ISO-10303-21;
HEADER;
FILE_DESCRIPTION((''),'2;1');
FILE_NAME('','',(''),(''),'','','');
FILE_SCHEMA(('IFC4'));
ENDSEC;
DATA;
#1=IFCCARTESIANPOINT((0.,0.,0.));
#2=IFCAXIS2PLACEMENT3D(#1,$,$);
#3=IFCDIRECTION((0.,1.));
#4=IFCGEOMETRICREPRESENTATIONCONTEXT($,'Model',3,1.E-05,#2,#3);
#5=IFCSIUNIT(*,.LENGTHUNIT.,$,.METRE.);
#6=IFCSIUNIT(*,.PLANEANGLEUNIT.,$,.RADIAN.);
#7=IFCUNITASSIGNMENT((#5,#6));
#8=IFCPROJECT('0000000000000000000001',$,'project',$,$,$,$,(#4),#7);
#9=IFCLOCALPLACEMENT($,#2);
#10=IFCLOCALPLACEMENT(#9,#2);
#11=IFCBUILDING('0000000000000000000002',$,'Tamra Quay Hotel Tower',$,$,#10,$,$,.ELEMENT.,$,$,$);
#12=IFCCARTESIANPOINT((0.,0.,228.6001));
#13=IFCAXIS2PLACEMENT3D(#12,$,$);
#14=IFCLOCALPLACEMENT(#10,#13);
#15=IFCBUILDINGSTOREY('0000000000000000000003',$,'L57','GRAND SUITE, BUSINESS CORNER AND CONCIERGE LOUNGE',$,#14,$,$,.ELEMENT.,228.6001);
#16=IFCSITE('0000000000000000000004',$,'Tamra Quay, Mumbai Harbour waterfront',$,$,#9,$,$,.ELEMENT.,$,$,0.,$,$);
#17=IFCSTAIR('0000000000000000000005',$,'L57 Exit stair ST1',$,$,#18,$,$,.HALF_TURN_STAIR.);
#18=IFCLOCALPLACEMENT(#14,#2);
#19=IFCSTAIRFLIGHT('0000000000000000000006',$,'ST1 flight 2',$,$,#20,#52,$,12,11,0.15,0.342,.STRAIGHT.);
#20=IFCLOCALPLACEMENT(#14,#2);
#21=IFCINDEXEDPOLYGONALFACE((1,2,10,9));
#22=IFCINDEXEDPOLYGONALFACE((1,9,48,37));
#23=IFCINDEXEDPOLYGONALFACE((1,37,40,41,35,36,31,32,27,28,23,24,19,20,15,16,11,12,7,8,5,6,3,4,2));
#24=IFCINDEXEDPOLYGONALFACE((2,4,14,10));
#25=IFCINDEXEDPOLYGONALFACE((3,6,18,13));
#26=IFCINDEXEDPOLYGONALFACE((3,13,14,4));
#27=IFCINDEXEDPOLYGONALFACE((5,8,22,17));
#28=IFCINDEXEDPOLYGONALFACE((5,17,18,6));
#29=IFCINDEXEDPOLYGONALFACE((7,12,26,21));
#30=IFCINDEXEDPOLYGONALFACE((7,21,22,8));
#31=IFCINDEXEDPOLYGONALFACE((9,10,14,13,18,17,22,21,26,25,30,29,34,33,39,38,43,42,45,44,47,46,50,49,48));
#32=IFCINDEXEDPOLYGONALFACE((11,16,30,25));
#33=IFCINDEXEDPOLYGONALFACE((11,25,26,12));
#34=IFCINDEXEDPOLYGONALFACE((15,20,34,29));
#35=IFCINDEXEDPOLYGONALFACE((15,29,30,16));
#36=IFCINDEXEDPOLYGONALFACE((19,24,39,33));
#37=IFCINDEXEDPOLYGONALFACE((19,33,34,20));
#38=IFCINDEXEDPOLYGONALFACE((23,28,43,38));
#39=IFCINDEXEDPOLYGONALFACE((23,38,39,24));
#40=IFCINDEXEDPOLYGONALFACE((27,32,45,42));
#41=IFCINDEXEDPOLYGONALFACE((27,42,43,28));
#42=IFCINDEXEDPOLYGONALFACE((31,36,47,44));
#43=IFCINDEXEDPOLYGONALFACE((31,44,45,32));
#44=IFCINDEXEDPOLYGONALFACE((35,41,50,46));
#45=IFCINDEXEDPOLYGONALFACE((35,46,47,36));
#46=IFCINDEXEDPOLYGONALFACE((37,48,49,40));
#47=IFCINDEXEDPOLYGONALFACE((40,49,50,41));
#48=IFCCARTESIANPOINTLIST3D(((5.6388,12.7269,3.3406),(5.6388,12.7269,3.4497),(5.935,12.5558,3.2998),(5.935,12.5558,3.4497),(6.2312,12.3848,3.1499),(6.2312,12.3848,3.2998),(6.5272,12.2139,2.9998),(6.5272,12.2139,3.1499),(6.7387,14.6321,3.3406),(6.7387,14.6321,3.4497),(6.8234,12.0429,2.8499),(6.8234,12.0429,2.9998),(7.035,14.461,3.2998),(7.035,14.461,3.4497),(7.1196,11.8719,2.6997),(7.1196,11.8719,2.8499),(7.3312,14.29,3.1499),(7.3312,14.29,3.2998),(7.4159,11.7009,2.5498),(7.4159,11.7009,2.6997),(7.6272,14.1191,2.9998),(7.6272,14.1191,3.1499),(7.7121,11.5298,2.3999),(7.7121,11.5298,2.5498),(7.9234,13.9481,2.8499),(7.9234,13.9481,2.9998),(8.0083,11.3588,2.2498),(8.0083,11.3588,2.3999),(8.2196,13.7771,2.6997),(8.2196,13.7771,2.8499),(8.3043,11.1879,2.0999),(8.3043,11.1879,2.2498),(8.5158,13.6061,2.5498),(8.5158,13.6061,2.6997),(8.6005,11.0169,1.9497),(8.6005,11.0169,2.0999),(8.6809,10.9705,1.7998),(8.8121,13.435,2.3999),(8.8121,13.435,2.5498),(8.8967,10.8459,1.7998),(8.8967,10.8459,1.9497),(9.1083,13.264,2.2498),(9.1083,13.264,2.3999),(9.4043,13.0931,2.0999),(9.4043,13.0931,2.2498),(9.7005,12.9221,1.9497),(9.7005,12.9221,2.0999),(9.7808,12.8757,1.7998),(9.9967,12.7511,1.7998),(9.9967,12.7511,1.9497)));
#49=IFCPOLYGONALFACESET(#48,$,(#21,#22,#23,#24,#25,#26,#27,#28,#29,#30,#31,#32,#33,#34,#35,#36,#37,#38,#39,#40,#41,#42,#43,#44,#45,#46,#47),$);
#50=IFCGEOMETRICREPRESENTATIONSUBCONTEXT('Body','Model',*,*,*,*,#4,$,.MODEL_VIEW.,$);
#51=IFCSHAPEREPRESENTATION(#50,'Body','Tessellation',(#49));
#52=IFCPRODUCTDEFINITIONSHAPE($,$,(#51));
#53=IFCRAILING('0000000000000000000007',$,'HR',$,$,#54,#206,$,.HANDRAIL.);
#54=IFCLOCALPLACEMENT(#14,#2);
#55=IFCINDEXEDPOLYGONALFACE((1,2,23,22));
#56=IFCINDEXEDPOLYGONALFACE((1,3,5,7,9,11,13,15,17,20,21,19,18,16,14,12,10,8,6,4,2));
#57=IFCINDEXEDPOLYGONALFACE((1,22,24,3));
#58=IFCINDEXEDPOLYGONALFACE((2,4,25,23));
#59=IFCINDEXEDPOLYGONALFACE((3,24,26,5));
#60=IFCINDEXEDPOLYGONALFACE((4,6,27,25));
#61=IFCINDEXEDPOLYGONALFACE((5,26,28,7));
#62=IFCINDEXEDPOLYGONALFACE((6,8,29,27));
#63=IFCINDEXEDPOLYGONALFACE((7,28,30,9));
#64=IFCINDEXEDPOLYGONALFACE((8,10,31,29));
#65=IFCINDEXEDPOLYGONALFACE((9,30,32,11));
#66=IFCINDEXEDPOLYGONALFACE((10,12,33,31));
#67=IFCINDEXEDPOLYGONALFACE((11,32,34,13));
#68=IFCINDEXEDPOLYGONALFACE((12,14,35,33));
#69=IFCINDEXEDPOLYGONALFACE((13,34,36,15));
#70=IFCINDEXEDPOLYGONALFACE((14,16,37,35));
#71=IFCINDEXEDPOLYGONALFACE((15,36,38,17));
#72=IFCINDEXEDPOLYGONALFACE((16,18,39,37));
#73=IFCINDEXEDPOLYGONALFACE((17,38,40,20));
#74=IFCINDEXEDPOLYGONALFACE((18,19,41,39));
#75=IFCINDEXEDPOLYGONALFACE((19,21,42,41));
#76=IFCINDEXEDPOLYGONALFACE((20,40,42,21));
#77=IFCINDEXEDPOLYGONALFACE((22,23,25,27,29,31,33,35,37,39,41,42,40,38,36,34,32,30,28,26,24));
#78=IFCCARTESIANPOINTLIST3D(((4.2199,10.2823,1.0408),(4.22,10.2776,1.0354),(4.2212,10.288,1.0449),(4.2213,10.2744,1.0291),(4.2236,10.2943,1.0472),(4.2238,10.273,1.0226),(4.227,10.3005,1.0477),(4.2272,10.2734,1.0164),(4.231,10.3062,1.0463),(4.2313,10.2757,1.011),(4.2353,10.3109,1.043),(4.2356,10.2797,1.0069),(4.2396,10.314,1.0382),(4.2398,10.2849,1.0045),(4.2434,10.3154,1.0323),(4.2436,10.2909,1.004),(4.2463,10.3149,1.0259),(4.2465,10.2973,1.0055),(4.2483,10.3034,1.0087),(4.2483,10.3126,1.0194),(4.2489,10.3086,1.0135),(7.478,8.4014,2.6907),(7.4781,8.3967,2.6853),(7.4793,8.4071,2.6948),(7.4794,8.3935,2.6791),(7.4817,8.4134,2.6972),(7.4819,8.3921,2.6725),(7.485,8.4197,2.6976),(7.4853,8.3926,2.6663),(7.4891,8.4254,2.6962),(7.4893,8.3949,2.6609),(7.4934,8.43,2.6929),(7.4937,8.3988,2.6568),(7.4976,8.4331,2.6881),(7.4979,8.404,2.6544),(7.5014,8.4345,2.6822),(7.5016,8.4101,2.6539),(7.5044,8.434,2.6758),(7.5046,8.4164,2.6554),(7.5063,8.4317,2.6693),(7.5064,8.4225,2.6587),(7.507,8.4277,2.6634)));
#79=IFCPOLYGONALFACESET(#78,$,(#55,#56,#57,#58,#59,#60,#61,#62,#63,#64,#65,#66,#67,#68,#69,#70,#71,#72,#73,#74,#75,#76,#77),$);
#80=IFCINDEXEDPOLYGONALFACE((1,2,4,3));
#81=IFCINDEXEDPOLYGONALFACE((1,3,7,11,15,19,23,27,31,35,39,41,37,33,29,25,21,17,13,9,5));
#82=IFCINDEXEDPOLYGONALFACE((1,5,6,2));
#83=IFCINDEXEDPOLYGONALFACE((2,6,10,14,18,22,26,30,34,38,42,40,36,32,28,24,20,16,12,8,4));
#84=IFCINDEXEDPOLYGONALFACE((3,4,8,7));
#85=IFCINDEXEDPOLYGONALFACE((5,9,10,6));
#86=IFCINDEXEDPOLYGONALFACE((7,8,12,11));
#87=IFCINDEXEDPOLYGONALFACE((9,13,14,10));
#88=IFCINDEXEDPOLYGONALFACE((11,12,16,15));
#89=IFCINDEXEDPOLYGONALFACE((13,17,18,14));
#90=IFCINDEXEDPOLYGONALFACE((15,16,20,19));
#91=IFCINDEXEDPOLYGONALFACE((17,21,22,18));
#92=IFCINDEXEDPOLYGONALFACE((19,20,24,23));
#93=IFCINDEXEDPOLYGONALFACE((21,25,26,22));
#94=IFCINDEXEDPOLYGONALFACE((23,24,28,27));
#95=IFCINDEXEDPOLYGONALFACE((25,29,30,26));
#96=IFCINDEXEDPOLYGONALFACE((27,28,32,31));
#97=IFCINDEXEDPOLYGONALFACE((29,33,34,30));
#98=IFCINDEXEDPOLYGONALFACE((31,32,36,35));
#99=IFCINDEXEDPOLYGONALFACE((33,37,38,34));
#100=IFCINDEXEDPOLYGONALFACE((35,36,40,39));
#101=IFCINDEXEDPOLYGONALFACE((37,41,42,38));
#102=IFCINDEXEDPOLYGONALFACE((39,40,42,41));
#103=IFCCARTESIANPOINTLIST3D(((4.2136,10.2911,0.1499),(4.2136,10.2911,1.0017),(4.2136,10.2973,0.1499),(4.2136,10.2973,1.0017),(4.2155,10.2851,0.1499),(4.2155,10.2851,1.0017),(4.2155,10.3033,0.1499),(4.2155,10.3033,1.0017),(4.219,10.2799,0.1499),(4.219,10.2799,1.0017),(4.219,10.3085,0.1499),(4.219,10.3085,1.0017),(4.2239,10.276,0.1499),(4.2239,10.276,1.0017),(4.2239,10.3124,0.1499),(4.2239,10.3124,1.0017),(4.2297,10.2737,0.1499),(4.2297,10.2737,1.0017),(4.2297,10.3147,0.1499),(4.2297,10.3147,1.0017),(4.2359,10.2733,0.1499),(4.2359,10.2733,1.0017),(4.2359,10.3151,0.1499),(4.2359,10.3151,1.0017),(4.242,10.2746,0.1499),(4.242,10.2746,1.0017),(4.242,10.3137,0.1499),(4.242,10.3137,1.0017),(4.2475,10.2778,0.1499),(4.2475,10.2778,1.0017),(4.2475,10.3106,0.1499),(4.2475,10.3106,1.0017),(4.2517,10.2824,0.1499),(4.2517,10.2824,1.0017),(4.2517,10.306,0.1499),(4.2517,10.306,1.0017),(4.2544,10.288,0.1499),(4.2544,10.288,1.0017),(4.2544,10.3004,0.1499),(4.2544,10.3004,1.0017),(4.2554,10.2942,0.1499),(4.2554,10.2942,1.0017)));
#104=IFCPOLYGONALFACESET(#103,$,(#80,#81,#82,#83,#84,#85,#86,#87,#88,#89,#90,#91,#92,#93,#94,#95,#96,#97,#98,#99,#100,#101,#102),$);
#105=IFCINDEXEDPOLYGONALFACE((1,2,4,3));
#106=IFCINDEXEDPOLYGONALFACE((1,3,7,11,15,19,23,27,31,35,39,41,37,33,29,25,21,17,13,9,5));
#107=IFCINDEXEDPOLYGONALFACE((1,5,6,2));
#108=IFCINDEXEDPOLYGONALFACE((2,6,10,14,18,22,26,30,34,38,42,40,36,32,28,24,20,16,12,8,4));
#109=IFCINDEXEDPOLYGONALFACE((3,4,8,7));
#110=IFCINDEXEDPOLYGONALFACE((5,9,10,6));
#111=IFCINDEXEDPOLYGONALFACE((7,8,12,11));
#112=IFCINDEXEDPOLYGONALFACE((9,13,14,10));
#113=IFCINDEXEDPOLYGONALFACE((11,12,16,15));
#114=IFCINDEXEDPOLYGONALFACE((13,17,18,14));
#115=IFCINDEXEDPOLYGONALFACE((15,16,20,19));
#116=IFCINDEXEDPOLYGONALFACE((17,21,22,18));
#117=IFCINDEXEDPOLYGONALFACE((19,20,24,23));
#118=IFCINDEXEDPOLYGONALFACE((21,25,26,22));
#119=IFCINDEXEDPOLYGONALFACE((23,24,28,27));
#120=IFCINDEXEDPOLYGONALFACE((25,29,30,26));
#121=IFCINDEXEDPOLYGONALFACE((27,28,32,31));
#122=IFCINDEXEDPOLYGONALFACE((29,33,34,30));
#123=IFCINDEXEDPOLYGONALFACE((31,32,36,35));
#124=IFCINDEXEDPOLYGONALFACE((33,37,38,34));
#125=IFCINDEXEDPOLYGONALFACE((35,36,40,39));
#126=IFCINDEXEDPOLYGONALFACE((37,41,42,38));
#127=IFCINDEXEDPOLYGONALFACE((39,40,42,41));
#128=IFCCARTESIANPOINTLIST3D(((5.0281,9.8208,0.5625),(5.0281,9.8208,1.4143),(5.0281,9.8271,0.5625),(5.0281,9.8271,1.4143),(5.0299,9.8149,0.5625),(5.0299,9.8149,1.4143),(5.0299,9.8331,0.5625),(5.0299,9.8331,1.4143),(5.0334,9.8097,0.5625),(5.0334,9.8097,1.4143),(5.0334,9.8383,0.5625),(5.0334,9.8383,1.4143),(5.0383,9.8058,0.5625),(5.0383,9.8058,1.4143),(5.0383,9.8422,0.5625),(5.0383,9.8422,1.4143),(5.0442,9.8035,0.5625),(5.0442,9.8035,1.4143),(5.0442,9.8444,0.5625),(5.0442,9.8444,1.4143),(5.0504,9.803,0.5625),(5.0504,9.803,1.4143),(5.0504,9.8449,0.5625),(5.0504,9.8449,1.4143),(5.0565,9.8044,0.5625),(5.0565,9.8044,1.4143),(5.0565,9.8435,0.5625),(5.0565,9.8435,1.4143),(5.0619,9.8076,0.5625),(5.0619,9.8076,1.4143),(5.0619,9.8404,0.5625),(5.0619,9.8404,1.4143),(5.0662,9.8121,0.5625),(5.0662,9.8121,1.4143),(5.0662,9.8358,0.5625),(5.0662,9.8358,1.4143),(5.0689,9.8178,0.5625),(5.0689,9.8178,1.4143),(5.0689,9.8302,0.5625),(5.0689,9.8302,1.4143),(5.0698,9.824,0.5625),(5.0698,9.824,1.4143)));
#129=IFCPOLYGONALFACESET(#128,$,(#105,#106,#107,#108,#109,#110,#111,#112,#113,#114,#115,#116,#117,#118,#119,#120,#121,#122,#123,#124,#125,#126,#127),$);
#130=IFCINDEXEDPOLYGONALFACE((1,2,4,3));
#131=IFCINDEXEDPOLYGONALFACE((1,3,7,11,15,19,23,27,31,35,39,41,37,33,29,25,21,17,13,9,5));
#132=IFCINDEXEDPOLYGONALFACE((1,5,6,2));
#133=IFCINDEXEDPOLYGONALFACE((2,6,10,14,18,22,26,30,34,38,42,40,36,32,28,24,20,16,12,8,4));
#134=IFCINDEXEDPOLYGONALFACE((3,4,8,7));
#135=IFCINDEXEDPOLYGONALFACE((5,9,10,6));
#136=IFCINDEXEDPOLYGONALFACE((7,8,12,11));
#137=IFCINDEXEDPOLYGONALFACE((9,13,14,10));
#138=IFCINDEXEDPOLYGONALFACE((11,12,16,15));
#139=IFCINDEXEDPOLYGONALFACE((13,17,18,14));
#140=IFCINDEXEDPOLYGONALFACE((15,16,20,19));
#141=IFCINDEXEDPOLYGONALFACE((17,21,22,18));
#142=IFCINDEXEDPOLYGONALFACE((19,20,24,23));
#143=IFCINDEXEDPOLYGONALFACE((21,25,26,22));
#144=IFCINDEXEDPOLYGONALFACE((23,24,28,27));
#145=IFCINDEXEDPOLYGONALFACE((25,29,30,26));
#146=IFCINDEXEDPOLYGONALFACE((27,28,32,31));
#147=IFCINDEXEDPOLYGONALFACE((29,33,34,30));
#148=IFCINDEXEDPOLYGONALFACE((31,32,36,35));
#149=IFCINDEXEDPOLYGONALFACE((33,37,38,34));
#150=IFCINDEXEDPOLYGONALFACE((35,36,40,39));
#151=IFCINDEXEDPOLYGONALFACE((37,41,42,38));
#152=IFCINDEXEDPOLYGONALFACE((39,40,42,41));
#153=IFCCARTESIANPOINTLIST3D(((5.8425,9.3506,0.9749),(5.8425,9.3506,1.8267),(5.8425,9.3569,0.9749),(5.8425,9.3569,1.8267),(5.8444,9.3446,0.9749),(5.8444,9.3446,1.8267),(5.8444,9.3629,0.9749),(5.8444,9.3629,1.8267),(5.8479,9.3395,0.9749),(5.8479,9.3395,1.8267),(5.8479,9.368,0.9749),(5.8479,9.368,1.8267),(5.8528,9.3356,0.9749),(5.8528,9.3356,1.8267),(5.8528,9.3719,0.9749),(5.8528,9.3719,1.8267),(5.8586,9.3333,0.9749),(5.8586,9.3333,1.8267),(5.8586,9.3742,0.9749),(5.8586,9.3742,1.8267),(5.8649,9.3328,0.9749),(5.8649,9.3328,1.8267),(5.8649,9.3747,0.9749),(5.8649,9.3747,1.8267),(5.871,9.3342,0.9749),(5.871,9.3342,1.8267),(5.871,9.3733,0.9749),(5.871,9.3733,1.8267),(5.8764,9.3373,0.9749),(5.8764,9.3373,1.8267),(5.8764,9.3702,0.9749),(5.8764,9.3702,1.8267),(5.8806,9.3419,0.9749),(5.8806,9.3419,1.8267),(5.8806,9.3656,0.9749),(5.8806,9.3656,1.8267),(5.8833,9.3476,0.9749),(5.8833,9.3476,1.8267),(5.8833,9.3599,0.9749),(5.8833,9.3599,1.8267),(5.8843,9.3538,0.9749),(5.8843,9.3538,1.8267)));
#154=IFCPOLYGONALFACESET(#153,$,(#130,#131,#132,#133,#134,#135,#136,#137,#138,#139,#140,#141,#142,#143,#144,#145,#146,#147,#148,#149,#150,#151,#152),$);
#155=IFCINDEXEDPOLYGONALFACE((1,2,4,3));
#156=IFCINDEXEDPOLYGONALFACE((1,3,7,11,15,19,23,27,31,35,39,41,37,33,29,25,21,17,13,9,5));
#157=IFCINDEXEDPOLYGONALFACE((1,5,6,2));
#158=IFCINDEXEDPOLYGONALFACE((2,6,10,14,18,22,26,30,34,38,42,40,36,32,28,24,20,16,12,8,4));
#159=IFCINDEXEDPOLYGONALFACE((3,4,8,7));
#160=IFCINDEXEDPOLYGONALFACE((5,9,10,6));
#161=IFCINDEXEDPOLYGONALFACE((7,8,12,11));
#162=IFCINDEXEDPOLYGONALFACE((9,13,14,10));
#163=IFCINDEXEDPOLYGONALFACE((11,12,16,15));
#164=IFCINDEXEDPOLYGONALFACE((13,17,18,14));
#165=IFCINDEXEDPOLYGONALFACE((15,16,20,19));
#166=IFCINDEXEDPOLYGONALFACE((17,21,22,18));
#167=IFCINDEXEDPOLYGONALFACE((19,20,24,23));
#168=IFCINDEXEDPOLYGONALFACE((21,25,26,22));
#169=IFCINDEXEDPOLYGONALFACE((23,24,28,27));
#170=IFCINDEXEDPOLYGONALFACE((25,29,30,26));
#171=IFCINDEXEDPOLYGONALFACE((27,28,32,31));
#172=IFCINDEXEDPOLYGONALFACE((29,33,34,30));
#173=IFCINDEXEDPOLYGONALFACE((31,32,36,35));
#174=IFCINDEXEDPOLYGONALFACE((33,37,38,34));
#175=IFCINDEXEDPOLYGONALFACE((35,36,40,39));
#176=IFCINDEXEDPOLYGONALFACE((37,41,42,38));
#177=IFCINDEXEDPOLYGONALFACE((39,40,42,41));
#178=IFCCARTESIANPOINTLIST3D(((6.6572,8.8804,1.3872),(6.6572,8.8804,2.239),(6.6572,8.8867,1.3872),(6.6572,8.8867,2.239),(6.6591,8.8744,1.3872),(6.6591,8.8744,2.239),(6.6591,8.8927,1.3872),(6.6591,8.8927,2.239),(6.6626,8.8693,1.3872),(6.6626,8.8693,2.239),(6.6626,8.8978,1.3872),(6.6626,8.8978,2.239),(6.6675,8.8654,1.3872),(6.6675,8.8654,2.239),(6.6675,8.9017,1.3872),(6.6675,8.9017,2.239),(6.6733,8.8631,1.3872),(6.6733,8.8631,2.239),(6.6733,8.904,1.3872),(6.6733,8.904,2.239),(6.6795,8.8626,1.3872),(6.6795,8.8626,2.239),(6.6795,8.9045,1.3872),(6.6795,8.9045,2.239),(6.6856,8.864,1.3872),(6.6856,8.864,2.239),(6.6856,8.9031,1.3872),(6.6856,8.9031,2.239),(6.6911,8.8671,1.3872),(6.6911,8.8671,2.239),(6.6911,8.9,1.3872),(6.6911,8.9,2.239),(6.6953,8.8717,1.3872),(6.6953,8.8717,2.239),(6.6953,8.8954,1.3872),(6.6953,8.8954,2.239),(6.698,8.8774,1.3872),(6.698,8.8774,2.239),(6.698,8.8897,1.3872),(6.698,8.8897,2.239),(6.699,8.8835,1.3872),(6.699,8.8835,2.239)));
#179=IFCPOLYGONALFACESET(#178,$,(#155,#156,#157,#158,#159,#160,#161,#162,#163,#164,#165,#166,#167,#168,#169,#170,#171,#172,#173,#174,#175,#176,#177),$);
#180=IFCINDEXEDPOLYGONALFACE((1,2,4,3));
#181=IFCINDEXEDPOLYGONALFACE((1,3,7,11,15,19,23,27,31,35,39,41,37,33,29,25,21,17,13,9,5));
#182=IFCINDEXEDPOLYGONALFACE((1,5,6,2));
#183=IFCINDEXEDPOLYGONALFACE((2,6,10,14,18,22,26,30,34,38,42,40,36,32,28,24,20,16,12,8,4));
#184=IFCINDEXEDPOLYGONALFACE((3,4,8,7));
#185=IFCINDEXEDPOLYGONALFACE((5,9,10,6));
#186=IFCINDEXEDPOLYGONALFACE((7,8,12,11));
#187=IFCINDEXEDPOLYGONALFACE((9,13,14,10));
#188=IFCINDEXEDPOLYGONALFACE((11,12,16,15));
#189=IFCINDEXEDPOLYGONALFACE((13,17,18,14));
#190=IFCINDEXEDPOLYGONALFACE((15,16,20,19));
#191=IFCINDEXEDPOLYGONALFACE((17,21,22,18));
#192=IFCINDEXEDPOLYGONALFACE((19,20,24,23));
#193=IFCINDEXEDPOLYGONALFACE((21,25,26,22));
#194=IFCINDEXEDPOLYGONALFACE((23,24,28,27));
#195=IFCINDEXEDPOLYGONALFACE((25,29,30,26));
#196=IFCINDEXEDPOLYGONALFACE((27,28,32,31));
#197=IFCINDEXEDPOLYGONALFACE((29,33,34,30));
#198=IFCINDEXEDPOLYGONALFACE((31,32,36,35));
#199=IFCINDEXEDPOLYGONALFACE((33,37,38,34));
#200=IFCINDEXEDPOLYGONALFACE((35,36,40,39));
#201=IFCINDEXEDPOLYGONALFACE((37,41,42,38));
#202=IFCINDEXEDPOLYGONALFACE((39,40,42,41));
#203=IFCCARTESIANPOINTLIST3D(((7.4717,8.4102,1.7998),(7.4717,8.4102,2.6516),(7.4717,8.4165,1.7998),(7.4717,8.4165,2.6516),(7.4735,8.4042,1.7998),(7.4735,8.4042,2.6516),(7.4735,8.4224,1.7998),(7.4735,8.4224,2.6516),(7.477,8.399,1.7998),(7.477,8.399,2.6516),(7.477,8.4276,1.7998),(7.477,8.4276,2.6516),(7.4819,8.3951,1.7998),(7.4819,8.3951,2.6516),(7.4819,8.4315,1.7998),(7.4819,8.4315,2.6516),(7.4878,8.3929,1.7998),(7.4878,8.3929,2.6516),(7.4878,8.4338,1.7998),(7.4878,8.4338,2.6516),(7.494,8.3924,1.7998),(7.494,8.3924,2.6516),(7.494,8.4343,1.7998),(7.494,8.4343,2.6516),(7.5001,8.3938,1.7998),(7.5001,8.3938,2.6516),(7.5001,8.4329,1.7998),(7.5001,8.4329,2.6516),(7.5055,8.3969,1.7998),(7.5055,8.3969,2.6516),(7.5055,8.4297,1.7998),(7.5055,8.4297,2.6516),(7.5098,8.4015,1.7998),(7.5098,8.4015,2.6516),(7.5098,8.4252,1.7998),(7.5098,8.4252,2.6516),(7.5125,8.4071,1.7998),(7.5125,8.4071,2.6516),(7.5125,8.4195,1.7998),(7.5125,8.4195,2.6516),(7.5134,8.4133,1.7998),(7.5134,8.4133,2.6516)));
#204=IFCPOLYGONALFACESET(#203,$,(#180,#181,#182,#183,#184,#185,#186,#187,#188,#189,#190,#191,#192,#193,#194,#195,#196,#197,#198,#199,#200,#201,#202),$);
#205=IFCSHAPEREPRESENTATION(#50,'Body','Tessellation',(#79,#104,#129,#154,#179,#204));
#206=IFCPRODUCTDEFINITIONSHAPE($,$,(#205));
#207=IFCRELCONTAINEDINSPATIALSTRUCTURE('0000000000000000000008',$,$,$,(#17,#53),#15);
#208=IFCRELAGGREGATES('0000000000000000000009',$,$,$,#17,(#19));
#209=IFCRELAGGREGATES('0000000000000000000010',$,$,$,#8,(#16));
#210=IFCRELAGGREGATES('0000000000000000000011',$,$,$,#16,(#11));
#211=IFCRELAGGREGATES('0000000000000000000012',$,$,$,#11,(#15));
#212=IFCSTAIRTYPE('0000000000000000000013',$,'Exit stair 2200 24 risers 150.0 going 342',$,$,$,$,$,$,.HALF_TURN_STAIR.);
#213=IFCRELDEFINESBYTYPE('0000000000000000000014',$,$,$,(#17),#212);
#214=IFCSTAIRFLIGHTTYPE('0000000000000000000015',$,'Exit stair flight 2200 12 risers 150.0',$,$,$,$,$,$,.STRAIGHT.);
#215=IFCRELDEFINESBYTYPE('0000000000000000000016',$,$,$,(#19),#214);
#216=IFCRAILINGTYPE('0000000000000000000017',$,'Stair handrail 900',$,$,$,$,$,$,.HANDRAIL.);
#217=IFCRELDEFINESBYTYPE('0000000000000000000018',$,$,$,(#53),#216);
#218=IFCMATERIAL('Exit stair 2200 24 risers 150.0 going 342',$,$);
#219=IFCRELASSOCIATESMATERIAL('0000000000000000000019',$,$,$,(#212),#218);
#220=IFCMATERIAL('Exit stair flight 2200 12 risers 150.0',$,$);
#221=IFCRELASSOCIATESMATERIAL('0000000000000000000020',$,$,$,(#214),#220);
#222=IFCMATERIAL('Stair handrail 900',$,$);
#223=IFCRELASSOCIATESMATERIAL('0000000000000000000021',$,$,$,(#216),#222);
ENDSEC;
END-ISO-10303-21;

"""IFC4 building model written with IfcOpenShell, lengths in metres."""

from ifc_helpers import new_model, si_unit, direction, frame, origin, origin_2d, place, context, subcontext, project, spatial, polyline, circle, outline, extrude, material, type_object, element, aggregate, save


model = new_model("IFC4")

# Units and contexts
model_context = context("Model", 3, precision=1e-05, world=origin(), true_north=direction((0.0, 1.0)))
body_context = subcontext(model_context, "Body", "Model", "MODEL_VIEW")
ifc_project = project(units=[si_unit("LENGTHUNIT", "METRE"), si_unit("PLANEANGLEUNIT", "RADIAN")], contexts=[model_context])

# Site, building, storey
site_placement = place(None, origin())
site = spatial("IfcSite", under=ifc_project, at=site_placement, Name="Tamra Quay, Mumbai Harbour waterfront", CompositionType="ELEMENT", RefElevation=0.0)
building_placement = place(site_placement, origin())
building = spatial("IfcBuilding", under=site, at=building_placement, Name="Tamra Quay Hotel Tower", CompositionType="ELEMENT")
storey_placement = place(building_placement, frame((0.0, 0.0, 228.6001)))
storey = spatial("IfcBuildingStorey", under=building, at=storey_placement, Name="L57", Description="GRAND SUITE, BUSINESS CORNER AND CONCIERGE LOUNGE", CompositionType="ELEMENT", Elevation=228.6001)

# Stair, stair flight
ifc_material_1 = material(Name="Exit stair 2200 24 risers 150.0 going 342")
stair_type = type_object("IfcStairType", Name="Exit stair 2200 24 risers 150.0 going 342", PredefinedType="HALF_TURN_STAIR", material=ifc_material_1)
stair_placement = place(storey_placement, origin())
stair = element("IfcStair", 1, at=stair_placement, inside=storey, type_object=stair_type, Name="L57 Exit stair ST1", PredefinedType="HALF_TURN_STAIR")
ifc_material_2 = material(Name="Exit stair flight 2200 12 risers 150.0")
stair_flight_type = type_object("IfcStairFlightType", Name="Exit stair flight 2200 12 risers 150.0", PredefinedType="STRAIGHT", material=ifc_material_2)
stair_flight_1_placement = place(storey_placement, frame((9.4468, 11.7986, 1.7998), z_axis=(0.0, 0.0, 1.0), x_axis=(-0.866025, 0.5, 0.0)))
stair_flight_1 = element("IfcStairFlight", 2, at=stair_flight_1_placement, type_object=stair_flight_type, Name="ST1 flight 2", NumberOfRisers=12, NumberOfTreads=11, PredefinedType="STRAIGHT", RiserHeight=0.15, TreadLength=0.342, context=body_context, shape_type="SweptSolid", body=[
    extrude(outline(polyline([(0.0, 0.0), (0.0, 0.1499), (0.342, 0.1499), (0.342, 0.3), (0.6841, 0.3), (0.6841, 0.45), (1.0259, 0.45), (1.0259, 0.6001), (1.3679, 0.6001), (1.3679, 0.75), (1.71, 0.75), (1.71, 0.8999), (2.052, 0.8999), (2.052, 1.05), (2.394, 1.05), (2.394, 1.2), (2.7361, 1.2), (2.7361, 1.3501), (3.0779, 1.3501), (3.0779, 1.5), (3.4199, 1.5), (3.4199, 1.6499), (3.762, 1.6499), (3.762, 1.8), (3.762, 1.5408), (0.2493, 0.0), (0.0, 0.0)])), frame((0.0, 1.1001, 0.0), z_axis=(0.0, -1.0, 0.0), x_axis=(1.0, 0.0, 0.0)), (0.0, 0.0, 1.0), 2.2),
])
aggregate(stair, [stair_flight_1])

# Railing
ifc_material_3 = material(Name="Stair handrail 900")
railing_type_1 = type_object("IfcRailingType", Name="Stair handrail 900", PredefinedType="HANDRAIL", material=ifc_material_3)
railing_1_placement = place(storey_placement, frame((4.2344, 10.2942, 0.1499)))
element("IfcRailing", 3, at=railing_1_placement, inside=storey, type_object=railing_type_1, Name="HR", PredefinedType="HANDRAIL", context=body_context, shape_type="SweptSolid", body=[
    extrude(circle(Radius=0.0239, at=origin_2d()), frame((0.0, 0.0, 0.876), z_axis=(0.793122, -0.457865, 0.401642), x_axis=(0.499964, 0.866046, 0.0)), (0.0, 0.0, 1.0), 4.1079),
    extrude(circle(Radius=0.021, at=origin_2d()), origin(), (0.0, 0.0, 1.0), 0.8518),
    extrude(circle(Radius=0.021, at=origin_2d()), frame((0.8145, -0.4702, 0.4126)), (0.0, 0.0, 1.0), 0.8518),
    extrude(circle(Radius=0.021, at=origin_2d()), frame((1.6289, -0.9404, 0.825)), (0.0, 0.0, 1.0), 0.8518),
    extrude(circle(Radius=0.021, at=origin_2d()), frame((2.4436, -1.4106, 1.2373)), (0.0, 0.0, 1.0), 0.8518),
    extrude(circle(Radius=0.021, at=origin_2d()), frame((3.2581, -1.8809, 1.6499)), (0.0, 0.0, 1.0), 0.8518),
])

save(model, "model.ifc")
